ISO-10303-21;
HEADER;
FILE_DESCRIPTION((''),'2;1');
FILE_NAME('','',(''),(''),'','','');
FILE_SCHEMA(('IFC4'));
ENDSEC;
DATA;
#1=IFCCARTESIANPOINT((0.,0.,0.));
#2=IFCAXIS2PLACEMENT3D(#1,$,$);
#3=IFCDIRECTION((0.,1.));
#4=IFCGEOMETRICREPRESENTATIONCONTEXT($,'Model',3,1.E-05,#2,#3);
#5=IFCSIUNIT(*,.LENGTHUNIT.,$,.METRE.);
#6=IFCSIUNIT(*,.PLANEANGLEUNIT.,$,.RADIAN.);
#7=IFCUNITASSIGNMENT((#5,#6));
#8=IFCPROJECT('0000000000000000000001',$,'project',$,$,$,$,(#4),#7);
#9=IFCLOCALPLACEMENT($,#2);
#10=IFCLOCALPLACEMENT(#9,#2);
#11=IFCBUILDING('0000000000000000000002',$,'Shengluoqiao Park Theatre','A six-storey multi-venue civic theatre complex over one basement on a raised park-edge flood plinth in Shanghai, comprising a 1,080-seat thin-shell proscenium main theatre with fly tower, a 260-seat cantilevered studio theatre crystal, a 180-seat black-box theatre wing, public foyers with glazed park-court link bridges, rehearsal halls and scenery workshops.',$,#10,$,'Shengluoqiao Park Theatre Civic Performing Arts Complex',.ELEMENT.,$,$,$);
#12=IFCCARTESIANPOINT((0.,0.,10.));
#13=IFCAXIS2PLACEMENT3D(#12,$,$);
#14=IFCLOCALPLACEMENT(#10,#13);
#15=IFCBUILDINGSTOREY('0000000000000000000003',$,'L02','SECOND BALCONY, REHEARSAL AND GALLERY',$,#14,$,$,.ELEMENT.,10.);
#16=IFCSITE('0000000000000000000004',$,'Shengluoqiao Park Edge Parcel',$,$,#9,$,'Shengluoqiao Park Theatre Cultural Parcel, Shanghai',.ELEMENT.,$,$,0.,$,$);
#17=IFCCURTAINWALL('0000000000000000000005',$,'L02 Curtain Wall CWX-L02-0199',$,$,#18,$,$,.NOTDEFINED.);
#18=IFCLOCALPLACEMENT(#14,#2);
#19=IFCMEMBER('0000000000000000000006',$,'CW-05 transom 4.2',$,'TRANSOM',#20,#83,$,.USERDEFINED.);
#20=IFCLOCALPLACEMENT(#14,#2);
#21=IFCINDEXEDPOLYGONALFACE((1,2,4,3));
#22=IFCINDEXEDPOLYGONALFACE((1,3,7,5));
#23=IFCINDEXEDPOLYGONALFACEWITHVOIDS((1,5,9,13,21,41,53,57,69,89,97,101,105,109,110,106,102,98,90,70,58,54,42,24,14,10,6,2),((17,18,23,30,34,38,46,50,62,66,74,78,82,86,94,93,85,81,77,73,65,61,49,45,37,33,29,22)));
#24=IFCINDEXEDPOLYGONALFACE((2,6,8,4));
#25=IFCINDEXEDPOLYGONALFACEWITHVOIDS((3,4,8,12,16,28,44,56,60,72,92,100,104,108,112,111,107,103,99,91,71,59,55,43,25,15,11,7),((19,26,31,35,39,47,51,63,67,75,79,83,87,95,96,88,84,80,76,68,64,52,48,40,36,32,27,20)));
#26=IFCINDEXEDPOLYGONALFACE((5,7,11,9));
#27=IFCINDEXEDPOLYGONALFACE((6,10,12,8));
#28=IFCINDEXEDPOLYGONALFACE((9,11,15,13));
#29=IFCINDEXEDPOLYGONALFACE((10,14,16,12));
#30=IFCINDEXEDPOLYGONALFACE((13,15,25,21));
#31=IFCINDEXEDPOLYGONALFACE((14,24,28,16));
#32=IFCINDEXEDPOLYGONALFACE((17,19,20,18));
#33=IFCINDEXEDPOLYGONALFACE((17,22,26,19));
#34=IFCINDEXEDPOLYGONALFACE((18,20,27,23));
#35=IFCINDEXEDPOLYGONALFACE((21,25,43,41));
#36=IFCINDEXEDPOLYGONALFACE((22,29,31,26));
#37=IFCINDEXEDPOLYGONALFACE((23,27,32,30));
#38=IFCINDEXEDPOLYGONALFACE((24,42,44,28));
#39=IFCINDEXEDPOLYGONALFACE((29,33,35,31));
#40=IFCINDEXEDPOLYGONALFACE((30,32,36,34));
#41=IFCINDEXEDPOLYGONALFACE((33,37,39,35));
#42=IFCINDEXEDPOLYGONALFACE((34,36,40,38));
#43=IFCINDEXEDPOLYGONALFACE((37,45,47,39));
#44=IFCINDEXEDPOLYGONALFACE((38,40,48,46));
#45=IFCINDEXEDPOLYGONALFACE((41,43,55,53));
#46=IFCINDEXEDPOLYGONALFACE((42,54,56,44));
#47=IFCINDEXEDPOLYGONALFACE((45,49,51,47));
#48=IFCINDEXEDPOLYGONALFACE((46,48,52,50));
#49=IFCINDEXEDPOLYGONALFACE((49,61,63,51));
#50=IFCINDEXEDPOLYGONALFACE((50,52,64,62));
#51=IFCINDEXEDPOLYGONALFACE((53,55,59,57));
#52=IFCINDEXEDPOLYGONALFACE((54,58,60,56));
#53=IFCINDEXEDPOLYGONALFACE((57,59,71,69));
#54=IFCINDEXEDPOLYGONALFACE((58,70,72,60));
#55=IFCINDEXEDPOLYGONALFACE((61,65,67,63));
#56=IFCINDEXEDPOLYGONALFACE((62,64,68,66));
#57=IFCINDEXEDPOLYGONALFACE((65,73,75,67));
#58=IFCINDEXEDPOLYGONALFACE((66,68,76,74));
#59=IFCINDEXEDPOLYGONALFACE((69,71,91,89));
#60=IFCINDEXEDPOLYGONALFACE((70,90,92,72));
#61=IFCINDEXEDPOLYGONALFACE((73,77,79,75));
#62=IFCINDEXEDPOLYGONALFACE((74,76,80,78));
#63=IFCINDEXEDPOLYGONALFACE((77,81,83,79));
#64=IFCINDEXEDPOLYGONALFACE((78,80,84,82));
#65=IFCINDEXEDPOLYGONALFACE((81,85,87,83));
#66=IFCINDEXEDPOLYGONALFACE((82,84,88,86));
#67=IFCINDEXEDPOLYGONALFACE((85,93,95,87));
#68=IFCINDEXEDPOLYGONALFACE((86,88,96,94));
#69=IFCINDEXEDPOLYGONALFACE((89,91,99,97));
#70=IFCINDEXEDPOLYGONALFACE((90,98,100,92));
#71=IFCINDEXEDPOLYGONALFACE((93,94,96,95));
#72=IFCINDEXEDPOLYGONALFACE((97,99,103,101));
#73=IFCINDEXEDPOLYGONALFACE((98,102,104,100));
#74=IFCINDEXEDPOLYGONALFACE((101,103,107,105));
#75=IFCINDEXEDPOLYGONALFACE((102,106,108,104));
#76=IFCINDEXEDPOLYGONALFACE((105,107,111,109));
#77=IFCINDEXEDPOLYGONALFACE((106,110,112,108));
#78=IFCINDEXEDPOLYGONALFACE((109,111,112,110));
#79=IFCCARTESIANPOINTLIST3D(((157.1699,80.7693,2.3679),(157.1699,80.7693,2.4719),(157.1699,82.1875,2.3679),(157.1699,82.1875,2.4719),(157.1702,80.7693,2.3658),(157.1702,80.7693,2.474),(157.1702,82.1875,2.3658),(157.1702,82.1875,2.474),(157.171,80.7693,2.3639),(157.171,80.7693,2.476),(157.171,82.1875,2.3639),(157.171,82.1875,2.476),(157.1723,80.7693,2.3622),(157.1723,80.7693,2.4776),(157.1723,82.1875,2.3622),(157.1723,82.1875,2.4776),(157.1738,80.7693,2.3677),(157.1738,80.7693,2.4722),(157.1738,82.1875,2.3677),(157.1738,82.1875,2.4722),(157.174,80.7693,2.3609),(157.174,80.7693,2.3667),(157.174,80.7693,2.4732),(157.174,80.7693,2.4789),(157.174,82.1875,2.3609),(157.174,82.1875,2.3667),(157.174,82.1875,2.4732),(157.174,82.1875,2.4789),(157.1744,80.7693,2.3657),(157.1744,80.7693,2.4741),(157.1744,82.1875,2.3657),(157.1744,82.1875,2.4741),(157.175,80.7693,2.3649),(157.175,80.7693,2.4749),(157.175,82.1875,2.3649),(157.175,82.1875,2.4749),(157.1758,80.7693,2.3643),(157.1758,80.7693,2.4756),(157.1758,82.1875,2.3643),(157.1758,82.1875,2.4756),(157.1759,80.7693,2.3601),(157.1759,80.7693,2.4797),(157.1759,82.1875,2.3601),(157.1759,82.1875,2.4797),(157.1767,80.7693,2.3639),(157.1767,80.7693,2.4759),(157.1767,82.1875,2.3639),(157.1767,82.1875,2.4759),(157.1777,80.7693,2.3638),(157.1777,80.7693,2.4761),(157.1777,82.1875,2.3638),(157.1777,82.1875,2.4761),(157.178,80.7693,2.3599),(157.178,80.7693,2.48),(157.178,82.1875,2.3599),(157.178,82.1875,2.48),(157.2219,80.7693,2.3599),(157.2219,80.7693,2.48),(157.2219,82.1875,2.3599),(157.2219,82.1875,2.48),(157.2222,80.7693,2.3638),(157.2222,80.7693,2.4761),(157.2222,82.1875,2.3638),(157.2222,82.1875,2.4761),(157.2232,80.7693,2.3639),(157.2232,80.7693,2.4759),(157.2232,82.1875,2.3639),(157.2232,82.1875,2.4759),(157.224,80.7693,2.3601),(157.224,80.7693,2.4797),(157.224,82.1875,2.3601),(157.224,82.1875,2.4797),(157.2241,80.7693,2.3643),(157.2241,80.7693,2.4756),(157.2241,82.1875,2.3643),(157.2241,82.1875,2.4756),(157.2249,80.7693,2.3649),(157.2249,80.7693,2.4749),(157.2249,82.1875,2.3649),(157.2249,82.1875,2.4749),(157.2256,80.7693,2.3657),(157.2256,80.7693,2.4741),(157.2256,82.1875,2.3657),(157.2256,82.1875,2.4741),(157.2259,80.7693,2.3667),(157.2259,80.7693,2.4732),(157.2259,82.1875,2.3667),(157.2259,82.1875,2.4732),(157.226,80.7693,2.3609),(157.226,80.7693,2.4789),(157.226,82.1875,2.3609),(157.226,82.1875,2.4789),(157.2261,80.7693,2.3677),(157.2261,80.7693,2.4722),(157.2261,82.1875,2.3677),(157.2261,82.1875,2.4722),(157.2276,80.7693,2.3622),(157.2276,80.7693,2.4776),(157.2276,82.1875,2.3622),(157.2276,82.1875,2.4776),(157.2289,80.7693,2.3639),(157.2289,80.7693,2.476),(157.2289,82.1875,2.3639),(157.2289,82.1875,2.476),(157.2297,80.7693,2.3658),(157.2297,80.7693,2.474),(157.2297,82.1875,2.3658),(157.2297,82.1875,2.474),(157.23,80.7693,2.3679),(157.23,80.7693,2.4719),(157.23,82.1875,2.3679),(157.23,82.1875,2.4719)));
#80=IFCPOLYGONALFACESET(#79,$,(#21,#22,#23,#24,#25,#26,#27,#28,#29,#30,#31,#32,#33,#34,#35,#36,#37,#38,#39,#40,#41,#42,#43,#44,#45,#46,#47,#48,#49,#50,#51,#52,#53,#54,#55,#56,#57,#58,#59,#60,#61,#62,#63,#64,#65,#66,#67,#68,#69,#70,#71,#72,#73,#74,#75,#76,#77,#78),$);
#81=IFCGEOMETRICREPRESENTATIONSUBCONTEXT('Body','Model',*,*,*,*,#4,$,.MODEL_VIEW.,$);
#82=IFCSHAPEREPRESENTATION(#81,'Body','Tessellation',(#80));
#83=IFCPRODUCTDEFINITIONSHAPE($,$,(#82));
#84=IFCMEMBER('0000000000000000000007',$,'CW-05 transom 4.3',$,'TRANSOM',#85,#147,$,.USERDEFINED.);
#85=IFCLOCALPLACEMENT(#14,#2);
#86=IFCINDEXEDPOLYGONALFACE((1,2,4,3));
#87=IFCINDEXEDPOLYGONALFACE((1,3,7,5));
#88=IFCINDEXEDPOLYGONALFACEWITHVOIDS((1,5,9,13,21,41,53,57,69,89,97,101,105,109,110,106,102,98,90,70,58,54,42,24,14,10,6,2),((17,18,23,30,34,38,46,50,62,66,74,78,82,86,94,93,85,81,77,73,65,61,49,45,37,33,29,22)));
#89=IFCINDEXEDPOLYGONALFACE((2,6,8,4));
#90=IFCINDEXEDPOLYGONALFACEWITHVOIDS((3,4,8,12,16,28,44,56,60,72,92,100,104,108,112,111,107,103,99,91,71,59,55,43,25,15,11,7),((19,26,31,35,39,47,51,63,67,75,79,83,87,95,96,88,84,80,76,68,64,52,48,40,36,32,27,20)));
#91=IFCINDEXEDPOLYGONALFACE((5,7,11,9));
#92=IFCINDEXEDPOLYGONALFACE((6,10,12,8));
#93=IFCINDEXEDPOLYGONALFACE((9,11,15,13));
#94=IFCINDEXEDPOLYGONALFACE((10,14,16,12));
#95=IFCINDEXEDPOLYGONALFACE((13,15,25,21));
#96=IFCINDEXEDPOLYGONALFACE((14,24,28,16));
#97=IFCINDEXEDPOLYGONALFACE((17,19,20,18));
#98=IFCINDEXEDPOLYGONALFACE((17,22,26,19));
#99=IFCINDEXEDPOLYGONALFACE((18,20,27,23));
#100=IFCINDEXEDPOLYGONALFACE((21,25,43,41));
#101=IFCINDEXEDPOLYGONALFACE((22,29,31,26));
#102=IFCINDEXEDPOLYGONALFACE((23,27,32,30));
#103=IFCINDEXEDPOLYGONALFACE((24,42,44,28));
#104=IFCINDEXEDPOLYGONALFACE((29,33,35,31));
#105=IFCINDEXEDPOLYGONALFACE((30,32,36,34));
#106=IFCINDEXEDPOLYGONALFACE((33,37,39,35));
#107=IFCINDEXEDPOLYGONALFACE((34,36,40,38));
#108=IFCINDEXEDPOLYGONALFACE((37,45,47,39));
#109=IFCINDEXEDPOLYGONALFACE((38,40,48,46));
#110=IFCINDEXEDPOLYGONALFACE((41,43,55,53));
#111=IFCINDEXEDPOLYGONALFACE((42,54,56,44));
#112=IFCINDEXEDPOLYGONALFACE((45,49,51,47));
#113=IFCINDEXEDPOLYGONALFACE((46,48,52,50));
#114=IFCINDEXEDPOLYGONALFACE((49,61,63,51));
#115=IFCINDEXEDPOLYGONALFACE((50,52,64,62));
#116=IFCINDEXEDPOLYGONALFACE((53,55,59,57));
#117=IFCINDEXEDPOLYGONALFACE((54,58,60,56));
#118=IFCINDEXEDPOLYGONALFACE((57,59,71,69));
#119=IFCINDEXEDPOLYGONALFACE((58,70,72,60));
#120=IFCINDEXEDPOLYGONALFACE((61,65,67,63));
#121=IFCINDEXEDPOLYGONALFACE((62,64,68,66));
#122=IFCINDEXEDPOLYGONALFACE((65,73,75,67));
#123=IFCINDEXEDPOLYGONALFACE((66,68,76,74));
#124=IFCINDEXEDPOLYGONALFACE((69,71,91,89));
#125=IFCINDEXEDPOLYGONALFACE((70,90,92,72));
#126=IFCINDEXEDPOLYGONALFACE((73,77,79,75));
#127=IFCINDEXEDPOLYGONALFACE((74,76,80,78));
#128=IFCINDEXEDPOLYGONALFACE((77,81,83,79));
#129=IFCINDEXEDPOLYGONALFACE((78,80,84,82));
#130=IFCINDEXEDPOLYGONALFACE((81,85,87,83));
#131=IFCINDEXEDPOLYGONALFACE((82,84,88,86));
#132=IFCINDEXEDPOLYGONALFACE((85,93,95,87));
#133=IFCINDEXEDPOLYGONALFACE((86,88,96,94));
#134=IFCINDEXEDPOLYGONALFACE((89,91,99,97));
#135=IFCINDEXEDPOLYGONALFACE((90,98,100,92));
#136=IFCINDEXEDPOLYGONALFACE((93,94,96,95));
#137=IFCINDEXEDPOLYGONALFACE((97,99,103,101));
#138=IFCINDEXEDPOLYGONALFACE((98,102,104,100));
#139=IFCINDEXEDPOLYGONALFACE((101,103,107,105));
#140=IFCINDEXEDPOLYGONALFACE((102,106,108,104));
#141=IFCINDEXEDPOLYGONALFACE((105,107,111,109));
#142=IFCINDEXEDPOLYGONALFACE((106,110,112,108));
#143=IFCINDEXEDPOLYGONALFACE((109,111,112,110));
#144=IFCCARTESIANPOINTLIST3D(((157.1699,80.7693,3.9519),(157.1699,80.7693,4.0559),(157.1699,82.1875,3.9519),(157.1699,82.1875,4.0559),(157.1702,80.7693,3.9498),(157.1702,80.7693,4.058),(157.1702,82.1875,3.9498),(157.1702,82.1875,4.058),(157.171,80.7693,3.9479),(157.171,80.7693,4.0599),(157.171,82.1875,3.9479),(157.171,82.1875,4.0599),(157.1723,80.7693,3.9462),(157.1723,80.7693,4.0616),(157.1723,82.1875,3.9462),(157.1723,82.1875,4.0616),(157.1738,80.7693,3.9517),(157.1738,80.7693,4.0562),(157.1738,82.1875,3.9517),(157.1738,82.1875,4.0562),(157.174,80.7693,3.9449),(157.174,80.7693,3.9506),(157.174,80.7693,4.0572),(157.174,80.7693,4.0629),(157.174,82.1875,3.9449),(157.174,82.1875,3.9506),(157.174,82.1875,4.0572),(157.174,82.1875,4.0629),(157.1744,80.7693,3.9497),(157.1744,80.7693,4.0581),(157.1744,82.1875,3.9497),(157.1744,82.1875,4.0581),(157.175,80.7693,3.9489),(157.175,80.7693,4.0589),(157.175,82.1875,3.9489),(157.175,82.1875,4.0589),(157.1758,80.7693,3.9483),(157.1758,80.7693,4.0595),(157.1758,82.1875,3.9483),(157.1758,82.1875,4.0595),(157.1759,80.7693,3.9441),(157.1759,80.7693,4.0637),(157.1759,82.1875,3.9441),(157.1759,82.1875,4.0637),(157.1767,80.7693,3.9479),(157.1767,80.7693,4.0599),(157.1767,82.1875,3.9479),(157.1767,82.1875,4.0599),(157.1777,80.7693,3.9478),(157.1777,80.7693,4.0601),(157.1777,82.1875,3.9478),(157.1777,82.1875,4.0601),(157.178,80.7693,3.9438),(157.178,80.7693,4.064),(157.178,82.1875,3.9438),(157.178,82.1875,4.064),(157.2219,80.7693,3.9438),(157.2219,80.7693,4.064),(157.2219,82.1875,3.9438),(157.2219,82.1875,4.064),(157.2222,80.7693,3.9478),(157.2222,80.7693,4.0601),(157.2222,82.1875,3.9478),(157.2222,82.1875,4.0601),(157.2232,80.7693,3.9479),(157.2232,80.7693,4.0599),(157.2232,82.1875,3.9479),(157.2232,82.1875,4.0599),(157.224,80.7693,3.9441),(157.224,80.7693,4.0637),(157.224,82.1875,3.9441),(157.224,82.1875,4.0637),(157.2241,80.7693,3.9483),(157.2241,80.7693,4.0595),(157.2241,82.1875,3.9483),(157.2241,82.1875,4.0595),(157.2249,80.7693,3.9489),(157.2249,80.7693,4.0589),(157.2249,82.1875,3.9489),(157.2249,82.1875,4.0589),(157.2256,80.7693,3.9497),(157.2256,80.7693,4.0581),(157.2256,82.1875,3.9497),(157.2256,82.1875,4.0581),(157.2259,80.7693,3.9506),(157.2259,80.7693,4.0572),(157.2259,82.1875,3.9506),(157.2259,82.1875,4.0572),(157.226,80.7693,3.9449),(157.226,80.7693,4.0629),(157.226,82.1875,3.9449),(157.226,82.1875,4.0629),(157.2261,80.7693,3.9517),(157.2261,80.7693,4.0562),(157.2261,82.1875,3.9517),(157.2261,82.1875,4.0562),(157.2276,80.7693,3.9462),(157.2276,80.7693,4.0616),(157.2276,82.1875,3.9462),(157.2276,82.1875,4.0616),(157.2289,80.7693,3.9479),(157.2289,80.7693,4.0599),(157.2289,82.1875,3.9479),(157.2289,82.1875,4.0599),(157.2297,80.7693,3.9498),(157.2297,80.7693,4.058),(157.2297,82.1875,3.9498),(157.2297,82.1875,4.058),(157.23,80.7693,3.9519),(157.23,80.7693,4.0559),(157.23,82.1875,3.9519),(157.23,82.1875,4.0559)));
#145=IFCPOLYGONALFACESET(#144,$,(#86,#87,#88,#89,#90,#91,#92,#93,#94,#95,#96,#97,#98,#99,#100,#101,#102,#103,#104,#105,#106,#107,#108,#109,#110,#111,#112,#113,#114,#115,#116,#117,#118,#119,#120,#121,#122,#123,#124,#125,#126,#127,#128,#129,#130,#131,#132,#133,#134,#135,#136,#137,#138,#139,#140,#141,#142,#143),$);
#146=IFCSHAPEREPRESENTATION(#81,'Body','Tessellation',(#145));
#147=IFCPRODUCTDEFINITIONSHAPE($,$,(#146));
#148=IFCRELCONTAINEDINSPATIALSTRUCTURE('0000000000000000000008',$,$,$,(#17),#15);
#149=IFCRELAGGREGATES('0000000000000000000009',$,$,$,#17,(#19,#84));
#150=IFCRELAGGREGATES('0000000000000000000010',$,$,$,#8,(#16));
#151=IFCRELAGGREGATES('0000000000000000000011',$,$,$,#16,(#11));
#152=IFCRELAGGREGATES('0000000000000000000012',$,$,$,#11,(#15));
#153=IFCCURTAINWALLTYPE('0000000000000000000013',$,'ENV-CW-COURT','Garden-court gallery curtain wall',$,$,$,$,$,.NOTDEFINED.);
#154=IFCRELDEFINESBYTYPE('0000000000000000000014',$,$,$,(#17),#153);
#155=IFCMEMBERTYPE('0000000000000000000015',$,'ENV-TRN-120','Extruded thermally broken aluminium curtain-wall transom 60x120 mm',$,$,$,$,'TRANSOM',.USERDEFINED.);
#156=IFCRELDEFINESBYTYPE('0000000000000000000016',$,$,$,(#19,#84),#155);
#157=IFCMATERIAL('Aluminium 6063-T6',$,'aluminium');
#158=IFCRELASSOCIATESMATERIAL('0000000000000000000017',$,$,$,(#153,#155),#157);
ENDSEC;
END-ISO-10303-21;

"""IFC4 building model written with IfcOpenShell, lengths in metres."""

from ifc_helpers import new_model, si_unit, direction, frame, origin, origin_2d, place, context, subcontext, project, spatial, hollow_rectangle, extrude, material, material_profile, profile_set, type_object, element, aggregate, save


model = new_model("IFC4")

# Units and contexts
model_context = context("Model", 3, precision=1e-05, world=origin(), true_north=direction((0.0, 1.0)))
body_context = subcontext(model_context, "Body", "Model", "MODEL_VIEW")
ifc_project = project(units=[si_unit("LENGTHUNIT", "METRE"), si_unit("PLANEANGLEUNIT", "RADIAN")], contexts=[model_context])

# Site, building, storey
site_placement = place(None, origin())
site = spatial("IfcSite", under=ifc_project, at=site_placement, Name="Shengluoqiao Park Edge Parcel", LongName="Shengluoqiao Park Theatre Cultural Parcel, Shanghai", CompositionType="ELEMENT", RefElevation=0.0)
building_placement = place(site_placement, origin())
building = spatial("IfcBuilding", under=site, at=building_placement, Name="Shengluoqiao Park Theatre", Description="A six-storey multi-venue civic theatre complex over one basement on a raised park-edge flood plinth in Shanghai, comprising a 1,080-seat thin-shell proscenium main theatre with fly tower, a 260-seat cantilevered studio theatre crystal, a 180-seat black-box theatre wing, public foyers with glazed park-court link bridges, rehearsal halls and scenery workshops.", LongName="Shengluoqiao Park Theatre Civic Performing Arts Complex", CompositionType="ELEMENT")
storey_placement = place(building_placement, frame((0.0, 0.0, 10.0)))
storey = spatial("IfcBuildingStorey", under=building, at=storey_placement, Name="L02", Description="SECOND BALCONY, REHEARSAL AND GALLERY", CompositionType="ELEMENT", Elevation=10.0)

# Curtain wall, members
ifc_material_1 = material(Name="Aluminium 6063-T6", Category="aluminium")
curtain_wall_type = type_object("IfcCurtainWallType", Name="ENV-CW-COURT", Description="Garden-court gallery curtain wall", PredefinedType="NOTDEFINED", material=ifc_material_1)
curtain_wall_placement = place(storey_placement, origin())
curtain_wall = element("IfcCurtainWall", 1, at=curtain_wall_placement, inside=storey, type_object=curtain_wall_type, Name="L02 Curtain Wall CWX-L02-0199", PredefinedType="NOTDEFINED")
ifc_material_profile_1 = material_profile(ifc_material_1, hollow_rectangle(XDim=0.0601, YDim=0.1201, WallThickness=0.0039, InnerFilletRadius=0.0039, OuterFilletRadius=0.0081, at=origin_2d()), Name="ALU TRANSOM 120x60x4")
ifc_profile_set_1 = profile_set([ifc_material_profile_1], Name="Aluminium 6063-T6")
member_type_1 = type_object("IfcMemberType", Name="ENV-TRN-120", Description="Extruded thermally broken aluminium curtain-wall transom 60x120 mm", ElementType="TRANSOM", PredefinedType="USERDEFINED", material=ifc_profile_set_1)
member_1_placement = place(storey_placement, frame((157.2, 80.7693, 2.4199), z_axis=(0.0, 1.0, 0.0), x_axis=(-1.0, 0.0, 0.0)))
member_1 = element("IfcMember", 2, at=member_1_placement, type_object=member_type_1, Name="CW-05 transom 4.2", ObjectType="TRANSOM", PredefinedType="USERDEFINED", context=body_context, shape_type="SweptSolid", body=[
    extrude(hollow_rectangle(XDim=0.0601, YDim=0.1201, WallThickness=0.0039, InnerFilletRadius=0.0039, OuterFilletRadius=0.0081, at=origin_2d()), origin(), (0.0, 0.0, 1.0), 1.4182),
])
member_2_placement = place(storey_placement, frame((157.2, 80.7693, 4.0039), z_axis=(0.0, 1.0, 0.0), x_axis=(-1.0, 0.0, 0.0)))
member_2 = element("IfcMember", 3, at=member_2_placement, type_object=member_type_1, Name="CW-05 transom 4.3", ObjectType="TRANSOM", PredefinedType="USERDEFINED", context=body_context, shape_type="SweptSolid", body=[
    extrude(hollow_rectangle(XDim=0.0601, YDim=0.1201, WallThickness=0.0039, InnerFilletRadius=0.0039, OuterFilletRadius=0.0081, at=origin_2d()), origin(), (0.0, 0.0, 1.0), 1.4182),
])

aggregate(curtain_wall, [member_1, member_2])

save(model, "model.ifc")
